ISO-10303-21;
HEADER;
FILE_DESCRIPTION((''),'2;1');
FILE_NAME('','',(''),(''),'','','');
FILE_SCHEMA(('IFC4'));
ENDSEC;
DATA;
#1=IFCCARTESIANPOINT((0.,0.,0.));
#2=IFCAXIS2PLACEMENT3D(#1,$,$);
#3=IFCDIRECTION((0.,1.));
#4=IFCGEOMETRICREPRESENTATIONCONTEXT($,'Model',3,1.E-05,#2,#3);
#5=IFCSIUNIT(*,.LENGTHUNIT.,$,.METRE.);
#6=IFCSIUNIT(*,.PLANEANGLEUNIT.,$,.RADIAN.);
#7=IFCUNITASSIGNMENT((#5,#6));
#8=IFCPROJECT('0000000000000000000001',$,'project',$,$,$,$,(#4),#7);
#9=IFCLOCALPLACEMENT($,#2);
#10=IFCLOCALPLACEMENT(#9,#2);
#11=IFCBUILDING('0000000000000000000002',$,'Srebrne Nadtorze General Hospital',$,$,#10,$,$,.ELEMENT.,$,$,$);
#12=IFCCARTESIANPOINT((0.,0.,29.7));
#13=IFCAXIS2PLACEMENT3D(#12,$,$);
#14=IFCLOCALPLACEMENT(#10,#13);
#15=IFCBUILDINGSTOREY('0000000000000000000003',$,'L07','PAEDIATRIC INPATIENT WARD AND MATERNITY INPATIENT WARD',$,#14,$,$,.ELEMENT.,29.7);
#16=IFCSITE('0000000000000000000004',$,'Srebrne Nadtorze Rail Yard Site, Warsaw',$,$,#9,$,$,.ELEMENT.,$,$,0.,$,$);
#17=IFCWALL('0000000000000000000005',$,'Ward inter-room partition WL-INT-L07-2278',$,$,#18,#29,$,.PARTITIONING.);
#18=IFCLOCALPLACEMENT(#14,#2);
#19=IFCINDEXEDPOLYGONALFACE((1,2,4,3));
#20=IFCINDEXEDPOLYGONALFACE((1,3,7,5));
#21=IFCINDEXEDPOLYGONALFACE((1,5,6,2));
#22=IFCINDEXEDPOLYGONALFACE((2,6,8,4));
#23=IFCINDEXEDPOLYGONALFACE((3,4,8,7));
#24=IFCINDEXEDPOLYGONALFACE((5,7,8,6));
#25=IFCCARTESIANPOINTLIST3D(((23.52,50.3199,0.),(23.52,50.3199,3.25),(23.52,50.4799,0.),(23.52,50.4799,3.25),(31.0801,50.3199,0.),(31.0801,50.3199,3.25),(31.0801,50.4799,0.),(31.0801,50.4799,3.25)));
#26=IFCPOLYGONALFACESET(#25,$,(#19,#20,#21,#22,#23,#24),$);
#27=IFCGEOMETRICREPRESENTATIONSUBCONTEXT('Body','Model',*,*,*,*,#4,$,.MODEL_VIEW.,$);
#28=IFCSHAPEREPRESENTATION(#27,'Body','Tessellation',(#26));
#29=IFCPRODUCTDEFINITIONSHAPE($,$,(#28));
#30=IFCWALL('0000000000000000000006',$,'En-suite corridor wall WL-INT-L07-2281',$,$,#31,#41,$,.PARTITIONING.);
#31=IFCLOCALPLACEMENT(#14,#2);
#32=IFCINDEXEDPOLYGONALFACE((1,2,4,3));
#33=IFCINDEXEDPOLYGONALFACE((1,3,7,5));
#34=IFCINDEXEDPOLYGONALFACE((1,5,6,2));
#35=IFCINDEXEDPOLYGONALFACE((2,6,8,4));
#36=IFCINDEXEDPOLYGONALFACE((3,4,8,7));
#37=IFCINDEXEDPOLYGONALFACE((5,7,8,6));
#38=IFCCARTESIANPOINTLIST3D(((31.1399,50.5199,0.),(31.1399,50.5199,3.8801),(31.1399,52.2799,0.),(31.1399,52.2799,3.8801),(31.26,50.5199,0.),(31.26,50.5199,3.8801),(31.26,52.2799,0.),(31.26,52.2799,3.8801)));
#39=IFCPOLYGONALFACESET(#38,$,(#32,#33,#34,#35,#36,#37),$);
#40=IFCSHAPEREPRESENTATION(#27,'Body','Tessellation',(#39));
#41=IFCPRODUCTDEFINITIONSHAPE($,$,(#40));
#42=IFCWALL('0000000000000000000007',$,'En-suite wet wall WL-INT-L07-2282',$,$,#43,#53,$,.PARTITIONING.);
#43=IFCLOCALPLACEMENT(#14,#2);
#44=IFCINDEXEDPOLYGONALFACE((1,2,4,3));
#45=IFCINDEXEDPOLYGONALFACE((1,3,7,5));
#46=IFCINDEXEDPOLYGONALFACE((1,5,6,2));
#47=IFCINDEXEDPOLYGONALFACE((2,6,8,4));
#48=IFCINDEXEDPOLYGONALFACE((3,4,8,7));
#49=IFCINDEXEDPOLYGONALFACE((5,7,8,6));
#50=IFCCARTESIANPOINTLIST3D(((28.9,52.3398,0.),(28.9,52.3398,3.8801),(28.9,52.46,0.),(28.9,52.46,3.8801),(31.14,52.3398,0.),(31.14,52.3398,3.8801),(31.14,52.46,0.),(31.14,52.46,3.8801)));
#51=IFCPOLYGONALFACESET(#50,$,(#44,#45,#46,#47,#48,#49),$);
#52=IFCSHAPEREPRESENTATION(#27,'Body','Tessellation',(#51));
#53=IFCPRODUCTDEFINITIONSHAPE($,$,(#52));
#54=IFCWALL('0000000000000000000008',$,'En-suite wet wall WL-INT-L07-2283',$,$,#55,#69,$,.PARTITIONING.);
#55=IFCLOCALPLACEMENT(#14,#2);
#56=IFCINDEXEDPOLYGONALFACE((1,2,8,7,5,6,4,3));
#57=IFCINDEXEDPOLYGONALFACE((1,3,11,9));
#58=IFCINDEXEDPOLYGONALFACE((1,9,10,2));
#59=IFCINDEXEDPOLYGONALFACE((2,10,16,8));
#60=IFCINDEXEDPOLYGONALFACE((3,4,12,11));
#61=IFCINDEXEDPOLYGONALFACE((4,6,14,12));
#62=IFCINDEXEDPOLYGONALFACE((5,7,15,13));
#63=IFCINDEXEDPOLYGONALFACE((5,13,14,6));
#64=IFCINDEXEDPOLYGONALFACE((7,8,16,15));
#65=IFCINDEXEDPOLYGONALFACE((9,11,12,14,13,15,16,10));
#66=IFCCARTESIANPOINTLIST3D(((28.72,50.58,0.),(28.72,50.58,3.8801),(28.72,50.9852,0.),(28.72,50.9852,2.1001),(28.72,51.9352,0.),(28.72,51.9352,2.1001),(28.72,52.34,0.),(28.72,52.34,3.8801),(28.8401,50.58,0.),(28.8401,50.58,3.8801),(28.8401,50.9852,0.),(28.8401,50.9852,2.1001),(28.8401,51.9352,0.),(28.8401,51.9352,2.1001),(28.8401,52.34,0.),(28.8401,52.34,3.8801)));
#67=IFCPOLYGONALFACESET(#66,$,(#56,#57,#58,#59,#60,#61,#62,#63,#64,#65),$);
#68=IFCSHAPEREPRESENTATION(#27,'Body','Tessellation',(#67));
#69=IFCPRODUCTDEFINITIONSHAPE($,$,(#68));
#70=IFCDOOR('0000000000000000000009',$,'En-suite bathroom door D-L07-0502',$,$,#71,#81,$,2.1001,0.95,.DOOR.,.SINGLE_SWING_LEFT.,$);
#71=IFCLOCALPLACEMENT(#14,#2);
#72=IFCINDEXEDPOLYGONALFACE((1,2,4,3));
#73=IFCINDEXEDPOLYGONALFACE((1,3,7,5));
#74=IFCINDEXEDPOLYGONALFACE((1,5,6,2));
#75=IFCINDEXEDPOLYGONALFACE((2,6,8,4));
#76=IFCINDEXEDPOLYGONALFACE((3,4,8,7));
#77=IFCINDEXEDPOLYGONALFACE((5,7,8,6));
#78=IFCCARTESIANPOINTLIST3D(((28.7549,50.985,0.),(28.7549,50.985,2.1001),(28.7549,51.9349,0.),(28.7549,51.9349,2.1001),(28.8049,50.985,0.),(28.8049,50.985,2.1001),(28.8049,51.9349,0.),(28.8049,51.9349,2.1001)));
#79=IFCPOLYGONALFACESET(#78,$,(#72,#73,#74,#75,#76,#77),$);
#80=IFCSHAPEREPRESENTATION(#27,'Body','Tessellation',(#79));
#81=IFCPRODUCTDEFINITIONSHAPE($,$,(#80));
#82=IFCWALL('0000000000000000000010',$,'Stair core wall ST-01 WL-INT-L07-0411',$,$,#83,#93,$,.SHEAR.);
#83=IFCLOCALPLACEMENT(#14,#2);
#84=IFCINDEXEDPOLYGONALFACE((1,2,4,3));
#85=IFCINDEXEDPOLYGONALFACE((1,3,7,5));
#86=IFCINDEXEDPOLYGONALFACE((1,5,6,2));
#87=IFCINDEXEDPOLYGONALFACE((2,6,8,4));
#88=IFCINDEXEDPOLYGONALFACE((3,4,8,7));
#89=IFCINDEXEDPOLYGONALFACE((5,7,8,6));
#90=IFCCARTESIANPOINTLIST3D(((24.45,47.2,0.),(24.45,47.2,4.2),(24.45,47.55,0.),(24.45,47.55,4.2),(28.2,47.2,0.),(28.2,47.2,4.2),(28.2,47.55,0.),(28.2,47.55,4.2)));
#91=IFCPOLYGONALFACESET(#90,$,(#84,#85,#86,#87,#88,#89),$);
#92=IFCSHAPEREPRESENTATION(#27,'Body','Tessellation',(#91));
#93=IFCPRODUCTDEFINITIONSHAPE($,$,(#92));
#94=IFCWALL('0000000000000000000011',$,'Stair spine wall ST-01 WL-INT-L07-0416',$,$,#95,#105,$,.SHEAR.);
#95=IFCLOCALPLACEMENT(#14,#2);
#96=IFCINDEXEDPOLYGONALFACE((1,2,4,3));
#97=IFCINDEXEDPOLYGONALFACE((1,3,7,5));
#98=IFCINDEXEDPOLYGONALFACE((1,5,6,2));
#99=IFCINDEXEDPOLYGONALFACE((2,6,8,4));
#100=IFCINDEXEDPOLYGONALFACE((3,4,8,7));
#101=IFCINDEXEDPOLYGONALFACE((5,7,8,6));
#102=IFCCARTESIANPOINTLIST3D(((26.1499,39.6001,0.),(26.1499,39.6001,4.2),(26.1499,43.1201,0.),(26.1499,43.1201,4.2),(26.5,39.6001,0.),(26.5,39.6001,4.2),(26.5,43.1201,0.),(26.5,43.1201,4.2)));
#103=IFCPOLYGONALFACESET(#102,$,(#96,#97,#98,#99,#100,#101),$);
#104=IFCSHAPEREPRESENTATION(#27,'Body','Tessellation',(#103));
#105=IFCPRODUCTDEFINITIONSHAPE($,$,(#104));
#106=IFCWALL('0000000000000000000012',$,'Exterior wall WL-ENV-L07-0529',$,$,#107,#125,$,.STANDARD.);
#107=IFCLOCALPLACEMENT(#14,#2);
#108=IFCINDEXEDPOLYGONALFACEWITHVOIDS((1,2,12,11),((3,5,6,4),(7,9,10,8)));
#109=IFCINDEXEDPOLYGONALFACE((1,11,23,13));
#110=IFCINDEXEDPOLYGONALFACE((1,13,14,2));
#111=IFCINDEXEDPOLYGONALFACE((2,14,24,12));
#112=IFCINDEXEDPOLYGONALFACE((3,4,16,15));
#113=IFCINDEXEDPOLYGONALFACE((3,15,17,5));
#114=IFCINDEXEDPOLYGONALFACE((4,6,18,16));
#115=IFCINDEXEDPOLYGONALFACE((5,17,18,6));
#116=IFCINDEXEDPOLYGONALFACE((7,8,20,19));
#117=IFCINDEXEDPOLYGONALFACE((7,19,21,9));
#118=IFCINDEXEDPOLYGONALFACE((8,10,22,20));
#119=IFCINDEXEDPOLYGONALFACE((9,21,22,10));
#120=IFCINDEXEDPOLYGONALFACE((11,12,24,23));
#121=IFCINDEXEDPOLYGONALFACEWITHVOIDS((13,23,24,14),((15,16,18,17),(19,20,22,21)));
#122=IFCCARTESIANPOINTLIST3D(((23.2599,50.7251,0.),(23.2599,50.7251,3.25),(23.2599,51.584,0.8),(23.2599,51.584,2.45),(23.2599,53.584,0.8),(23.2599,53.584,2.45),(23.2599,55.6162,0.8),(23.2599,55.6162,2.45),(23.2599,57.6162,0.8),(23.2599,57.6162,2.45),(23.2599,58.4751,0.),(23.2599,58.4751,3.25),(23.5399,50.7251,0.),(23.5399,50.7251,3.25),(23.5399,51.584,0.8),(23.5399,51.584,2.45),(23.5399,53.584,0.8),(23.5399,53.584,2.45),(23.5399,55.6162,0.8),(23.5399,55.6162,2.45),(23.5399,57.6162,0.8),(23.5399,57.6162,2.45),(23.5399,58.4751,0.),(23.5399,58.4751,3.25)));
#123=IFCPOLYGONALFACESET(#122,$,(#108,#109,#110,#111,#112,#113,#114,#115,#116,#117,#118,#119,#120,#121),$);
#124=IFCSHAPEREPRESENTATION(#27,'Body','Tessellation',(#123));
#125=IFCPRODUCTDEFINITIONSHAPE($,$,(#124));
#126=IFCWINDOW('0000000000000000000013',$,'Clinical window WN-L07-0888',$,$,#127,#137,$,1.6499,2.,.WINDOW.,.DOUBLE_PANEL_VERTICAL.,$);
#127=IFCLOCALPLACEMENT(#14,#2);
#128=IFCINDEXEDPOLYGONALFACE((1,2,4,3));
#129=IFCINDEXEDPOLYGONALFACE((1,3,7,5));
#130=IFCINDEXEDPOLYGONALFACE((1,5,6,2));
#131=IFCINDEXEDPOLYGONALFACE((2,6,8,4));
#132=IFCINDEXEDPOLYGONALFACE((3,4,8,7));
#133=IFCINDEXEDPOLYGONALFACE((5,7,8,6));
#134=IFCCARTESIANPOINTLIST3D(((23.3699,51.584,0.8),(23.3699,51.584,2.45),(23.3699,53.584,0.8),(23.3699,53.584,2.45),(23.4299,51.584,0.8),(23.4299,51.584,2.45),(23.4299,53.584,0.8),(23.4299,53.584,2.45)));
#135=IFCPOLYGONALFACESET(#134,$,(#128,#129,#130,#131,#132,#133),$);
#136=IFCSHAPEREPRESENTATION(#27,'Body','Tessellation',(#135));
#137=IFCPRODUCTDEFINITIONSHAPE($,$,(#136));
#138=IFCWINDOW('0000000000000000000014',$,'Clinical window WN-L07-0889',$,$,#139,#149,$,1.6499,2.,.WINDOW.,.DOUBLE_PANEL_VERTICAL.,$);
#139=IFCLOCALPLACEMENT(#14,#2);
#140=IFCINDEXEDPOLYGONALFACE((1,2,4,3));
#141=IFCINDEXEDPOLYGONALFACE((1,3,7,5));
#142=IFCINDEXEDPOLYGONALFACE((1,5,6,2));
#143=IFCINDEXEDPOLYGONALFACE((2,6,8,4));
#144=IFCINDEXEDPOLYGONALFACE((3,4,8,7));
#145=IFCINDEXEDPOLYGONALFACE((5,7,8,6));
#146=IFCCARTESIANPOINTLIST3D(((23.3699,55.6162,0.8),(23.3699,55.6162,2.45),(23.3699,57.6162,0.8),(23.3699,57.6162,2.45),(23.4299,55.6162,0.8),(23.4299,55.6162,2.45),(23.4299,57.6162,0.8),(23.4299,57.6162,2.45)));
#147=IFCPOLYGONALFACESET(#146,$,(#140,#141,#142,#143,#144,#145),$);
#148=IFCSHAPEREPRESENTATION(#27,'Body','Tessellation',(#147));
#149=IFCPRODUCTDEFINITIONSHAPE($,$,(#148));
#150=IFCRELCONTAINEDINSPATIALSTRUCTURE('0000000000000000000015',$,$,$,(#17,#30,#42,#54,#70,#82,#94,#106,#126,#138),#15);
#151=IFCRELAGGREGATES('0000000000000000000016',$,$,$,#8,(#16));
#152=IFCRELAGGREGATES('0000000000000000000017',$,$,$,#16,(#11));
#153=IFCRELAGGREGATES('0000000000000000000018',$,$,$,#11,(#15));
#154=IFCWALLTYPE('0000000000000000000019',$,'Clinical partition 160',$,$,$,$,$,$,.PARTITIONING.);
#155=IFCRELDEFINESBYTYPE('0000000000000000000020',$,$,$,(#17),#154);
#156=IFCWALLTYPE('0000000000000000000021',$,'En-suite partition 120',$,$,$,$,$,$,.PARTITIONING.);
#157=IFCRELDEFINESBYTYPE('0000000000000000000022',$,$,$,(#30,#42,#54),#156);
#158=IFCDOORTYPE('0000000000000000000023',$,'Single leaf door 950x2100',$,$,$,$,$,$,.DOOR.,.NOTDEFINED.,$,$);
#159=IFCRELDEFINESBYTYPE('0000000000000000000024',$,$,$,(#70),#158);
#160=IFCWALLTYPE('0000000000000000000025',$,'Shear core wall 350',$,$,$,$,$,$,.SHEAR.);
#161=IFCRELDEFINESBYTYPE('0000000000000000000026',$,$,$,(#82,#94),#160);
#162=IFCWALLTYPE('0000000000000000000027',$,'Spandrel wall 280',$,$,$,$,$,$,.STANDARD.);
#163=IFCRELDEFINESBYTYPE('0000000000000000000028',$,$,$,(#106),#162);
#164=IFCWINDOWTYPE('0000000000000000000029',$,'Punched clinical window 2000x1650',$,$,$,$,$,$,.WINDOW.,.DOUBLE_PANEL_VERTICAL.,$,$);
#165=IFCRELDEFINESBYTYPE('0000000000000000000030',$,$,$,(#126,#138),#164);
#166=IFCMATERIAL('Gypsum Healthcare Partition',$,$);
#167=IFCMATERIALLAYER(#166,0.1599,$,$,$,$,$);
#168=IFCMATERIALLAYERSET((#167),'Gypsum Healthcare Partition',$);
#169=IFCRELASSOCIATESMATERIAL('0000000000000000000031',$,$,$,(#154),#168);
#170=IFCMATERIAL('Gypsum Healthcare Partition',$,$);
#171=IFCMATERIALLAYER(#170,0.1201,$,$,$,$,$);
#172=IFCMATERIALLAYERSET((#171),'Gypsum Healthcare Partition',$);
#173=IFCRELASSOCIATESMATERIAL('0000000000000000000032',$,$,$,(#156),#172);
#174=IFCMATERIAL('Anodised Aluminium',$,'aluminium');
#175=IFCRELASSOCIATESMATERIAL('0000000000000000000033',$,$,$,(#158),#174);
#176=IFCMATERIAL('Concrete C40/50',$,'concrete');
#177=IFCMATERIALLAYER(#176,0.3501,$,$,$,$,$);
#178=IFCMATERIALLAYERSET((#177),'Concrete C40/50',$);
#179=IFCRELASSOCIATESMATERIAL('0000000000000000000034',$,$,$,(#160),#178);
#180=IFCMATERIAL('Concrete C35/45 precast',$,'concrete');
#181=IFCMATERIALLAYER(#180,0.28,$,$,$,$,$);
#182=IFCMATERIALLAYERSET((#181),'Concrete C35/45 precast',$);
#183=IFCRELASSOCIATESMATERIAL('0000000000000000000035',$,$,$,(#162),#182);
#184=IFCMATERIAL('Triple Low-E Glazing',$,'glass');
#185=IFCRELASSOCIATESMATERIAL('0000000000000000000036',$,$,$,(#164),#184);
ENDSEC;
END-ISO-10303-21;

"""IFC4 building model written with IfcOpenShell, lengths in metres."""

from ifc_helpers import new_model, si_unit, direction, frame, frame_2d, origin, place, context, subcontext, project, spatial, rectangle, extrude, material, layer, layer_set, type_object, element, fill, save


model = new_model("IFC4")

# Units and contexts
model_context = context("Model", 3, precision=1e-05, world=origin(), true_north=direction((0.0, 1.0)))
body_context = subcontext(model_context, "Body", "Model", "MODEL_VIEW")
ifc_project = project(units=[si_unit("LENGTHUNIT", "METRE"), si_unit("PLANEANGLEUNIT", "RADIAN")], contexts=[model_context])

# Site, building, storey
site_placement = place(None, origin())
site = spatial("IfcSite", under=ifc_project, at=site_placement, Name="Srebrne Nadtorze Rail Yard Site, Warsaw", CompositionType="ELEMENT", RefElevation=0.0)
building_placement = place(site_placement, origin())
building = spatial("IfcBuilding", under=site, at=building_placement, Name="Srebrne Nadtorze General Hospital", CompositionType="ELEMENT")
storey_placement = place(building_placement, frame((0.0, 0.0, 29.7)))
storey = spatial("IfcBuildingStorey", under=building, at=storey_placement, Name="L07", Description="PAEDIATRIC INPATIENT WARD AND MATERNITY INPATIENT WARD", CompositionType="ELEMENT", Elevation=29.7)

# Wall
ifc_material_1 = material(Name="Gypsum Healthcare Partition")
ifc_layer_1 = layer(ifc_material_1, 0.1599)
ifc_layer_set_1 = layer_set([ifc_layer_1], Name="Gypsum Healthcare Partition")
wall_type_1 = type_object("IfcWallType", Name="Clinical partition 160", PredefinedType="PARTITIONING", material=ifc_layer_set_1)
wall_1_placement = place(storey_placement, frame((23.52, 50.3999, 0.0), z_axis=(0.0, 0.0, 1.0), x_axis=(1.0, 0.0, 0.0)))
element("IfcWall", 1, at=wall_1_placement, inside=storey, type_object=wall_type_1, Name="Ward inter-room partition WL-INT-L07-2278", PredefinedType="PARTITIONING", context=body_context, shape_type="SweptSolid", body=[
    extrude(rectangle(XDim=7.5601, YDim=0.1599, at=frame_2d((3.78, 0.0))), origin(), (0.0, 0.0, 1.0), 3.25),
])

# Walls
ifc_material_2 = material(Name="Gypsum Healthcare Partition")
ifc_layer_2 = layer(ifc_material_2, 0.1201)
ifc_layer_set_2 = layer_set([ifc_layer_2], Name="Gypsum Healthcare Partition")
wall_type_2 = type_object("IfcWallType", Name="En-suite partition 120", PredefinedType="PARTITIONING", material=ifc_layer_set_2)
wall_2_placement = place(storey_placement, frame((31.2, 50.52, 0.0), z_axis=(0.0, 0.0, 1.0), x_axis=(0.0, 1.0, 0.0)))
element("IfcWall", 2, at=wall_2_placement, inside=storey, type_object=wall_type_2, Name="En-suite corridor wall WL-INT-L07-2281", PredefinedType="PARTITIONING", context=body_context, shape_type="SweptSolid", body=[
    extrude(rectangle(XDim=1.76, YDim=0.1201, at=frame_2d((0.8799, 0.0))), origin(), (0.0, 0.0, 1.0), 3.8801),
])
wall_3_placement = place(storey_placement, frame((28.8999, 52.3999, 0.0), z_axis=(0.0, 0.0, 1.0), x_axis=(1.0, 0.0, 0.0)))
element("IfcWall", 3, at=wall_3_placement, inside=storey, type_object=wall_type_2, Name="En-suite wet wall WL-INT-L07-2282", PredefinedType="PARTITIONING", context=body_context, shape_type="SweptSolid", body=[
    extrude(rectangle(XDim=2.24, YDim=0.1201, at=frame_2d((1.1201, 0.0))), origin(), (0.0, 0.0, 1.0), 3.8801),
])

# Wall, opening, door
wall_4_placement = place(storey_placement, frame((28.78, 50.5801, 0.0), z_axis=(0.0, 0.0, 1.0), x_axis=(0.0, 1.0, 0.0)))
wall_4 = element("IfcWall", 4, at=wall_4_placement, inside=storey, type_object=wall_type_2, Name="En-suite wet wall WL-INT-L07-2283", PredefinedType="PARTITIONING", context=body_context, shape_type="SweptSolid", body=[
    extrude(rectangle(XDim=1.76, YDim=0.1201, at=frame_2d((0.8799, 0.0))), origin(), (0.0, 0.0, 1.0), 3.8801),
])
opening_1_placement = place(wall_4_placement, frame((0.405, 0.0, 0.0)))
opening_1 = element("IfcOpeningElement", 5, at=opening_1_placement, cuts=wall_4, PredefinedType="OPENING", context=body_context, shape_type="SweptSolid", body=[
    extrude(rectangle(XDim=0.95, YDim=2.1001, at=frame_2d((0.4751, 1.05))), frame((0.0, 0.072, 0.0), z_axis=(0.0, -1.0, 0.0), x_axis=(1.0, 0.0, 0.0)), (0.0, 0.0, 1.0), 0.144),
])
ifc_material_3 = material(Name="Anodised Aluminium", Category="aluminium")
door_type_1 = type_object("IfcDoorType", Name="Single leaf door 950x2100", OperationType="NOTDEFINED", PredefinedType="DOOR", material=ifc_material_3)
door_1_placement = place(opening_1_placement, frame((0.95, 0.0, 0.0), z_axis=(0.0, 0.0, 1.0), x_axis=(-1.0, 0.0, 0.0)))
door_1 = element("IfcDoor", 6, at=door_1_placement, inside=storey, type_object=door_type_1, Name="En-suite bathroom door D-L07-0502", OperationType="SINGLE_SWING_LEFT", OverallHeight=2.1001, OverallWidth=0.95, PredefinedType="DOOR", context=body_context, shape_type="SweptSolid", body=[
    extrude(rectangle(XDim=0.95, YDim=2.1001, at=frame_2d((0.4751, 1.05))), frame((0.0, 0.0249, 0.0), z_axis=(0.0, -1.0, 0.0), x_axis=(1.0, 0.0, 0.0)), (0.0, 0.0, 1.0), 0.05),
])
fill(opening_1, door_1)

# Walls
ifc_material_4 = material(Name="Concrete C40/50", Category="concrete")
ifc_layer_3 = layer(ifc_material_4, 0.3501)
ifc_layer_set_3 = layer_set([ifc_layer_3], Name="Concrete C40/50")
wall_type_3 = type_object("IfcWallType", Name="Shear core wall 350", PredefinedType="SHEAR", material=ifc_layer_set_3)
wall_5_placement = place(storey_placement, frame((24.45, 47.375, 0.0), z_axis=(0.0, 0.0, 1.0), x_axis=(1.0, 0.0, 0.0)))
element("IfcWall", 7, at=wall_5_placement, inside=storey, type_object=wall_type_3, Name="Stair core wall ST-01 WL-INT-L07-0411", PredefinedType="SHEAR", context=body_context, shape_type="SweptSolid", body=[
    extrude(rectangle(XDim=3.75, YDim=0.3501, at=frame_2d((1.875, 0.0))), origin(), (0.0, 0.0, 1.0), 4.2),
])
wall_6_placement = place(storey_placement, frame((26.325, 39.6001, 0.0), z_axis=(0.0, 0.0, 1.0), x_axis=(0.0, 1.0, 0.0)))
element("IfcWall", 8, at=wall_6_placement, inside=storey, type_object=wall_type_3, Name="Stair spine wall ST-01 WL-INT-L07-0416", PredefinedType="SHEAR", context=body_context, shape_type="SweptSolid", body=[
    extrude(rectangle(XDim=3.52, YDim=0.3501, at=frame_2d((1.76, 0.0))), origin(), (0.0, 0.0, 1.0), 4.2),
])

# Wall, openings, windows
ifc_material_5 = material(Name="Concrete C35/45 precast", Category="concrete")
ifc_layer_4 = layer(ifc_material_5, 0.28)
ifc_layer_set_4 = layer_set([ifc_layer_4], Name="Concrete C35/45 precast")
wall_type_4 = type_object("IfcWallType", Name="Spandrel wall 280", PredefinedType="STANDARD", material=ifc_layer_set_4)
wall_7_placement = place(storey_placement, frame((23.3999, 50.7251, 0.0), z_axis=(0.0, 0.0, 1.0), x_axis=(0.0, 1.0, 0.0)))
wall_7 = element("IfcWall", 9, at=wall_7_placement, inside=storey, type_object=wall_type_4, Name="Exterior wall WL-ENV-L07-0529", PredefinedType="STANDARD", context=body_context, shape_type="SweptSolid", body=[
    extrude(rectangle(XDim=7.75, YDim=0.28, at=frame_2d((3.875, 0.0))), origin(), (0.0, 0.0, 1.0), 3.25),
])
opening_2_placement = place(wall_7_placement, frame((0.8589, 0.0, 0.8)))
opening_2 = element("IfcOpeningElement", 10, at=opening_2_placement, cuts=wall_7, PredefinedType="OPENING", context=body_context, shape_type="SweptSolid", body=[
    extrude(rectangle(XDim=2.0, YDim=1.6499, at=frame_2d((1.0, 0.825))), frame((0.0, 0.1519, 0.0), z_axis=(0.0, -1.0, 0.0), x_axis=(1.0, 0.0, 0.0)), (0.0, 0.0, 1.0), 0.304),
])
opening_3_placement = place(wall_7_placement, frame((4.8911, 0.0, 0.8)))
opening_3 = element("IfcOpeningElement", 11, at=opening_3_placement, cuts=wall_7, PredefinedType="OPENING", context=body_context, shape_type="SweptSolid", body=[
    extrude(rectangle(XDim=2.0, YDim=1.6499, at=frame_2d((1.0, 0.825))), frame((0.0, 0.1519, 0.0), z_axis=(0.0, -1.0, 0.0), x_axis=(1.0, 0.0, 0.0)), (0.0, 0.0, 1.0), 0.304),
])
ifc_material_6 = material(Name="Triple Low-E Glazing", Category="glass")
window_type_1 = type_object("IfcWindowType", Name="Punched clinical window 2000x1650", PartitioningType="DOUBLE_PANEL_VERTICAL", PredefinedType="WINDOW", material=ifc_material_6)
window_1_placement = place(opening_2_placement, origin())
window_1 = element("IfcWindow", 12, at=window_1_placement, inside=storey, type_object=window_type_1, Name="Clinical window WN-L07-0888", OverallHeight=1.6499, OverallWidth=2.0, PartitioningType="DOUBLE_PANEL_VERTICAL", PredefinedType="WINDOW", context=body_context, shape_type="SweptSolid", body=[
    extrude(rectangle(XDim=2.0, YDim=1.6499, at=frame_2d((1.0, 0.825))), frame((0.0, 0.03, 0.0), z_axis=(0.0, -1.0, 0.0), x_axis=(1.0, 0.0, 0.0)), (0.0, 0.0, 1.0), 0.0601),
])
fill(opening_2, window_1)
window_2_placement = place(opening_3_placement, origin())
window_2 = element("IfcWindow", 13, at=window_2_placement, inside=storey, type_object=window_type_1, Name="Clinical window WN-L07-0889", OverallHeight=1.6499, OverallWidth=2.0, PartitioningType="DOUBLE_PANEL_VERTICAL", PredefinedType="WINDOW", context=body_context, shape_type="SweptSolid", body=[
    extrude(rectangle(XDim=2.0, YDim=1.6499, at=frame_2d((1.0, 0.825))), frame((0.0, 0.03, 0.0), z_axis=(0.0, -1.0, 0.0), x_axis=(1.0, 0.0, 0.0)), (0.0, 0.0, 1.0), 0.0601),
])
fill(opening_3, window_2)

save(model, "model.ifc")
